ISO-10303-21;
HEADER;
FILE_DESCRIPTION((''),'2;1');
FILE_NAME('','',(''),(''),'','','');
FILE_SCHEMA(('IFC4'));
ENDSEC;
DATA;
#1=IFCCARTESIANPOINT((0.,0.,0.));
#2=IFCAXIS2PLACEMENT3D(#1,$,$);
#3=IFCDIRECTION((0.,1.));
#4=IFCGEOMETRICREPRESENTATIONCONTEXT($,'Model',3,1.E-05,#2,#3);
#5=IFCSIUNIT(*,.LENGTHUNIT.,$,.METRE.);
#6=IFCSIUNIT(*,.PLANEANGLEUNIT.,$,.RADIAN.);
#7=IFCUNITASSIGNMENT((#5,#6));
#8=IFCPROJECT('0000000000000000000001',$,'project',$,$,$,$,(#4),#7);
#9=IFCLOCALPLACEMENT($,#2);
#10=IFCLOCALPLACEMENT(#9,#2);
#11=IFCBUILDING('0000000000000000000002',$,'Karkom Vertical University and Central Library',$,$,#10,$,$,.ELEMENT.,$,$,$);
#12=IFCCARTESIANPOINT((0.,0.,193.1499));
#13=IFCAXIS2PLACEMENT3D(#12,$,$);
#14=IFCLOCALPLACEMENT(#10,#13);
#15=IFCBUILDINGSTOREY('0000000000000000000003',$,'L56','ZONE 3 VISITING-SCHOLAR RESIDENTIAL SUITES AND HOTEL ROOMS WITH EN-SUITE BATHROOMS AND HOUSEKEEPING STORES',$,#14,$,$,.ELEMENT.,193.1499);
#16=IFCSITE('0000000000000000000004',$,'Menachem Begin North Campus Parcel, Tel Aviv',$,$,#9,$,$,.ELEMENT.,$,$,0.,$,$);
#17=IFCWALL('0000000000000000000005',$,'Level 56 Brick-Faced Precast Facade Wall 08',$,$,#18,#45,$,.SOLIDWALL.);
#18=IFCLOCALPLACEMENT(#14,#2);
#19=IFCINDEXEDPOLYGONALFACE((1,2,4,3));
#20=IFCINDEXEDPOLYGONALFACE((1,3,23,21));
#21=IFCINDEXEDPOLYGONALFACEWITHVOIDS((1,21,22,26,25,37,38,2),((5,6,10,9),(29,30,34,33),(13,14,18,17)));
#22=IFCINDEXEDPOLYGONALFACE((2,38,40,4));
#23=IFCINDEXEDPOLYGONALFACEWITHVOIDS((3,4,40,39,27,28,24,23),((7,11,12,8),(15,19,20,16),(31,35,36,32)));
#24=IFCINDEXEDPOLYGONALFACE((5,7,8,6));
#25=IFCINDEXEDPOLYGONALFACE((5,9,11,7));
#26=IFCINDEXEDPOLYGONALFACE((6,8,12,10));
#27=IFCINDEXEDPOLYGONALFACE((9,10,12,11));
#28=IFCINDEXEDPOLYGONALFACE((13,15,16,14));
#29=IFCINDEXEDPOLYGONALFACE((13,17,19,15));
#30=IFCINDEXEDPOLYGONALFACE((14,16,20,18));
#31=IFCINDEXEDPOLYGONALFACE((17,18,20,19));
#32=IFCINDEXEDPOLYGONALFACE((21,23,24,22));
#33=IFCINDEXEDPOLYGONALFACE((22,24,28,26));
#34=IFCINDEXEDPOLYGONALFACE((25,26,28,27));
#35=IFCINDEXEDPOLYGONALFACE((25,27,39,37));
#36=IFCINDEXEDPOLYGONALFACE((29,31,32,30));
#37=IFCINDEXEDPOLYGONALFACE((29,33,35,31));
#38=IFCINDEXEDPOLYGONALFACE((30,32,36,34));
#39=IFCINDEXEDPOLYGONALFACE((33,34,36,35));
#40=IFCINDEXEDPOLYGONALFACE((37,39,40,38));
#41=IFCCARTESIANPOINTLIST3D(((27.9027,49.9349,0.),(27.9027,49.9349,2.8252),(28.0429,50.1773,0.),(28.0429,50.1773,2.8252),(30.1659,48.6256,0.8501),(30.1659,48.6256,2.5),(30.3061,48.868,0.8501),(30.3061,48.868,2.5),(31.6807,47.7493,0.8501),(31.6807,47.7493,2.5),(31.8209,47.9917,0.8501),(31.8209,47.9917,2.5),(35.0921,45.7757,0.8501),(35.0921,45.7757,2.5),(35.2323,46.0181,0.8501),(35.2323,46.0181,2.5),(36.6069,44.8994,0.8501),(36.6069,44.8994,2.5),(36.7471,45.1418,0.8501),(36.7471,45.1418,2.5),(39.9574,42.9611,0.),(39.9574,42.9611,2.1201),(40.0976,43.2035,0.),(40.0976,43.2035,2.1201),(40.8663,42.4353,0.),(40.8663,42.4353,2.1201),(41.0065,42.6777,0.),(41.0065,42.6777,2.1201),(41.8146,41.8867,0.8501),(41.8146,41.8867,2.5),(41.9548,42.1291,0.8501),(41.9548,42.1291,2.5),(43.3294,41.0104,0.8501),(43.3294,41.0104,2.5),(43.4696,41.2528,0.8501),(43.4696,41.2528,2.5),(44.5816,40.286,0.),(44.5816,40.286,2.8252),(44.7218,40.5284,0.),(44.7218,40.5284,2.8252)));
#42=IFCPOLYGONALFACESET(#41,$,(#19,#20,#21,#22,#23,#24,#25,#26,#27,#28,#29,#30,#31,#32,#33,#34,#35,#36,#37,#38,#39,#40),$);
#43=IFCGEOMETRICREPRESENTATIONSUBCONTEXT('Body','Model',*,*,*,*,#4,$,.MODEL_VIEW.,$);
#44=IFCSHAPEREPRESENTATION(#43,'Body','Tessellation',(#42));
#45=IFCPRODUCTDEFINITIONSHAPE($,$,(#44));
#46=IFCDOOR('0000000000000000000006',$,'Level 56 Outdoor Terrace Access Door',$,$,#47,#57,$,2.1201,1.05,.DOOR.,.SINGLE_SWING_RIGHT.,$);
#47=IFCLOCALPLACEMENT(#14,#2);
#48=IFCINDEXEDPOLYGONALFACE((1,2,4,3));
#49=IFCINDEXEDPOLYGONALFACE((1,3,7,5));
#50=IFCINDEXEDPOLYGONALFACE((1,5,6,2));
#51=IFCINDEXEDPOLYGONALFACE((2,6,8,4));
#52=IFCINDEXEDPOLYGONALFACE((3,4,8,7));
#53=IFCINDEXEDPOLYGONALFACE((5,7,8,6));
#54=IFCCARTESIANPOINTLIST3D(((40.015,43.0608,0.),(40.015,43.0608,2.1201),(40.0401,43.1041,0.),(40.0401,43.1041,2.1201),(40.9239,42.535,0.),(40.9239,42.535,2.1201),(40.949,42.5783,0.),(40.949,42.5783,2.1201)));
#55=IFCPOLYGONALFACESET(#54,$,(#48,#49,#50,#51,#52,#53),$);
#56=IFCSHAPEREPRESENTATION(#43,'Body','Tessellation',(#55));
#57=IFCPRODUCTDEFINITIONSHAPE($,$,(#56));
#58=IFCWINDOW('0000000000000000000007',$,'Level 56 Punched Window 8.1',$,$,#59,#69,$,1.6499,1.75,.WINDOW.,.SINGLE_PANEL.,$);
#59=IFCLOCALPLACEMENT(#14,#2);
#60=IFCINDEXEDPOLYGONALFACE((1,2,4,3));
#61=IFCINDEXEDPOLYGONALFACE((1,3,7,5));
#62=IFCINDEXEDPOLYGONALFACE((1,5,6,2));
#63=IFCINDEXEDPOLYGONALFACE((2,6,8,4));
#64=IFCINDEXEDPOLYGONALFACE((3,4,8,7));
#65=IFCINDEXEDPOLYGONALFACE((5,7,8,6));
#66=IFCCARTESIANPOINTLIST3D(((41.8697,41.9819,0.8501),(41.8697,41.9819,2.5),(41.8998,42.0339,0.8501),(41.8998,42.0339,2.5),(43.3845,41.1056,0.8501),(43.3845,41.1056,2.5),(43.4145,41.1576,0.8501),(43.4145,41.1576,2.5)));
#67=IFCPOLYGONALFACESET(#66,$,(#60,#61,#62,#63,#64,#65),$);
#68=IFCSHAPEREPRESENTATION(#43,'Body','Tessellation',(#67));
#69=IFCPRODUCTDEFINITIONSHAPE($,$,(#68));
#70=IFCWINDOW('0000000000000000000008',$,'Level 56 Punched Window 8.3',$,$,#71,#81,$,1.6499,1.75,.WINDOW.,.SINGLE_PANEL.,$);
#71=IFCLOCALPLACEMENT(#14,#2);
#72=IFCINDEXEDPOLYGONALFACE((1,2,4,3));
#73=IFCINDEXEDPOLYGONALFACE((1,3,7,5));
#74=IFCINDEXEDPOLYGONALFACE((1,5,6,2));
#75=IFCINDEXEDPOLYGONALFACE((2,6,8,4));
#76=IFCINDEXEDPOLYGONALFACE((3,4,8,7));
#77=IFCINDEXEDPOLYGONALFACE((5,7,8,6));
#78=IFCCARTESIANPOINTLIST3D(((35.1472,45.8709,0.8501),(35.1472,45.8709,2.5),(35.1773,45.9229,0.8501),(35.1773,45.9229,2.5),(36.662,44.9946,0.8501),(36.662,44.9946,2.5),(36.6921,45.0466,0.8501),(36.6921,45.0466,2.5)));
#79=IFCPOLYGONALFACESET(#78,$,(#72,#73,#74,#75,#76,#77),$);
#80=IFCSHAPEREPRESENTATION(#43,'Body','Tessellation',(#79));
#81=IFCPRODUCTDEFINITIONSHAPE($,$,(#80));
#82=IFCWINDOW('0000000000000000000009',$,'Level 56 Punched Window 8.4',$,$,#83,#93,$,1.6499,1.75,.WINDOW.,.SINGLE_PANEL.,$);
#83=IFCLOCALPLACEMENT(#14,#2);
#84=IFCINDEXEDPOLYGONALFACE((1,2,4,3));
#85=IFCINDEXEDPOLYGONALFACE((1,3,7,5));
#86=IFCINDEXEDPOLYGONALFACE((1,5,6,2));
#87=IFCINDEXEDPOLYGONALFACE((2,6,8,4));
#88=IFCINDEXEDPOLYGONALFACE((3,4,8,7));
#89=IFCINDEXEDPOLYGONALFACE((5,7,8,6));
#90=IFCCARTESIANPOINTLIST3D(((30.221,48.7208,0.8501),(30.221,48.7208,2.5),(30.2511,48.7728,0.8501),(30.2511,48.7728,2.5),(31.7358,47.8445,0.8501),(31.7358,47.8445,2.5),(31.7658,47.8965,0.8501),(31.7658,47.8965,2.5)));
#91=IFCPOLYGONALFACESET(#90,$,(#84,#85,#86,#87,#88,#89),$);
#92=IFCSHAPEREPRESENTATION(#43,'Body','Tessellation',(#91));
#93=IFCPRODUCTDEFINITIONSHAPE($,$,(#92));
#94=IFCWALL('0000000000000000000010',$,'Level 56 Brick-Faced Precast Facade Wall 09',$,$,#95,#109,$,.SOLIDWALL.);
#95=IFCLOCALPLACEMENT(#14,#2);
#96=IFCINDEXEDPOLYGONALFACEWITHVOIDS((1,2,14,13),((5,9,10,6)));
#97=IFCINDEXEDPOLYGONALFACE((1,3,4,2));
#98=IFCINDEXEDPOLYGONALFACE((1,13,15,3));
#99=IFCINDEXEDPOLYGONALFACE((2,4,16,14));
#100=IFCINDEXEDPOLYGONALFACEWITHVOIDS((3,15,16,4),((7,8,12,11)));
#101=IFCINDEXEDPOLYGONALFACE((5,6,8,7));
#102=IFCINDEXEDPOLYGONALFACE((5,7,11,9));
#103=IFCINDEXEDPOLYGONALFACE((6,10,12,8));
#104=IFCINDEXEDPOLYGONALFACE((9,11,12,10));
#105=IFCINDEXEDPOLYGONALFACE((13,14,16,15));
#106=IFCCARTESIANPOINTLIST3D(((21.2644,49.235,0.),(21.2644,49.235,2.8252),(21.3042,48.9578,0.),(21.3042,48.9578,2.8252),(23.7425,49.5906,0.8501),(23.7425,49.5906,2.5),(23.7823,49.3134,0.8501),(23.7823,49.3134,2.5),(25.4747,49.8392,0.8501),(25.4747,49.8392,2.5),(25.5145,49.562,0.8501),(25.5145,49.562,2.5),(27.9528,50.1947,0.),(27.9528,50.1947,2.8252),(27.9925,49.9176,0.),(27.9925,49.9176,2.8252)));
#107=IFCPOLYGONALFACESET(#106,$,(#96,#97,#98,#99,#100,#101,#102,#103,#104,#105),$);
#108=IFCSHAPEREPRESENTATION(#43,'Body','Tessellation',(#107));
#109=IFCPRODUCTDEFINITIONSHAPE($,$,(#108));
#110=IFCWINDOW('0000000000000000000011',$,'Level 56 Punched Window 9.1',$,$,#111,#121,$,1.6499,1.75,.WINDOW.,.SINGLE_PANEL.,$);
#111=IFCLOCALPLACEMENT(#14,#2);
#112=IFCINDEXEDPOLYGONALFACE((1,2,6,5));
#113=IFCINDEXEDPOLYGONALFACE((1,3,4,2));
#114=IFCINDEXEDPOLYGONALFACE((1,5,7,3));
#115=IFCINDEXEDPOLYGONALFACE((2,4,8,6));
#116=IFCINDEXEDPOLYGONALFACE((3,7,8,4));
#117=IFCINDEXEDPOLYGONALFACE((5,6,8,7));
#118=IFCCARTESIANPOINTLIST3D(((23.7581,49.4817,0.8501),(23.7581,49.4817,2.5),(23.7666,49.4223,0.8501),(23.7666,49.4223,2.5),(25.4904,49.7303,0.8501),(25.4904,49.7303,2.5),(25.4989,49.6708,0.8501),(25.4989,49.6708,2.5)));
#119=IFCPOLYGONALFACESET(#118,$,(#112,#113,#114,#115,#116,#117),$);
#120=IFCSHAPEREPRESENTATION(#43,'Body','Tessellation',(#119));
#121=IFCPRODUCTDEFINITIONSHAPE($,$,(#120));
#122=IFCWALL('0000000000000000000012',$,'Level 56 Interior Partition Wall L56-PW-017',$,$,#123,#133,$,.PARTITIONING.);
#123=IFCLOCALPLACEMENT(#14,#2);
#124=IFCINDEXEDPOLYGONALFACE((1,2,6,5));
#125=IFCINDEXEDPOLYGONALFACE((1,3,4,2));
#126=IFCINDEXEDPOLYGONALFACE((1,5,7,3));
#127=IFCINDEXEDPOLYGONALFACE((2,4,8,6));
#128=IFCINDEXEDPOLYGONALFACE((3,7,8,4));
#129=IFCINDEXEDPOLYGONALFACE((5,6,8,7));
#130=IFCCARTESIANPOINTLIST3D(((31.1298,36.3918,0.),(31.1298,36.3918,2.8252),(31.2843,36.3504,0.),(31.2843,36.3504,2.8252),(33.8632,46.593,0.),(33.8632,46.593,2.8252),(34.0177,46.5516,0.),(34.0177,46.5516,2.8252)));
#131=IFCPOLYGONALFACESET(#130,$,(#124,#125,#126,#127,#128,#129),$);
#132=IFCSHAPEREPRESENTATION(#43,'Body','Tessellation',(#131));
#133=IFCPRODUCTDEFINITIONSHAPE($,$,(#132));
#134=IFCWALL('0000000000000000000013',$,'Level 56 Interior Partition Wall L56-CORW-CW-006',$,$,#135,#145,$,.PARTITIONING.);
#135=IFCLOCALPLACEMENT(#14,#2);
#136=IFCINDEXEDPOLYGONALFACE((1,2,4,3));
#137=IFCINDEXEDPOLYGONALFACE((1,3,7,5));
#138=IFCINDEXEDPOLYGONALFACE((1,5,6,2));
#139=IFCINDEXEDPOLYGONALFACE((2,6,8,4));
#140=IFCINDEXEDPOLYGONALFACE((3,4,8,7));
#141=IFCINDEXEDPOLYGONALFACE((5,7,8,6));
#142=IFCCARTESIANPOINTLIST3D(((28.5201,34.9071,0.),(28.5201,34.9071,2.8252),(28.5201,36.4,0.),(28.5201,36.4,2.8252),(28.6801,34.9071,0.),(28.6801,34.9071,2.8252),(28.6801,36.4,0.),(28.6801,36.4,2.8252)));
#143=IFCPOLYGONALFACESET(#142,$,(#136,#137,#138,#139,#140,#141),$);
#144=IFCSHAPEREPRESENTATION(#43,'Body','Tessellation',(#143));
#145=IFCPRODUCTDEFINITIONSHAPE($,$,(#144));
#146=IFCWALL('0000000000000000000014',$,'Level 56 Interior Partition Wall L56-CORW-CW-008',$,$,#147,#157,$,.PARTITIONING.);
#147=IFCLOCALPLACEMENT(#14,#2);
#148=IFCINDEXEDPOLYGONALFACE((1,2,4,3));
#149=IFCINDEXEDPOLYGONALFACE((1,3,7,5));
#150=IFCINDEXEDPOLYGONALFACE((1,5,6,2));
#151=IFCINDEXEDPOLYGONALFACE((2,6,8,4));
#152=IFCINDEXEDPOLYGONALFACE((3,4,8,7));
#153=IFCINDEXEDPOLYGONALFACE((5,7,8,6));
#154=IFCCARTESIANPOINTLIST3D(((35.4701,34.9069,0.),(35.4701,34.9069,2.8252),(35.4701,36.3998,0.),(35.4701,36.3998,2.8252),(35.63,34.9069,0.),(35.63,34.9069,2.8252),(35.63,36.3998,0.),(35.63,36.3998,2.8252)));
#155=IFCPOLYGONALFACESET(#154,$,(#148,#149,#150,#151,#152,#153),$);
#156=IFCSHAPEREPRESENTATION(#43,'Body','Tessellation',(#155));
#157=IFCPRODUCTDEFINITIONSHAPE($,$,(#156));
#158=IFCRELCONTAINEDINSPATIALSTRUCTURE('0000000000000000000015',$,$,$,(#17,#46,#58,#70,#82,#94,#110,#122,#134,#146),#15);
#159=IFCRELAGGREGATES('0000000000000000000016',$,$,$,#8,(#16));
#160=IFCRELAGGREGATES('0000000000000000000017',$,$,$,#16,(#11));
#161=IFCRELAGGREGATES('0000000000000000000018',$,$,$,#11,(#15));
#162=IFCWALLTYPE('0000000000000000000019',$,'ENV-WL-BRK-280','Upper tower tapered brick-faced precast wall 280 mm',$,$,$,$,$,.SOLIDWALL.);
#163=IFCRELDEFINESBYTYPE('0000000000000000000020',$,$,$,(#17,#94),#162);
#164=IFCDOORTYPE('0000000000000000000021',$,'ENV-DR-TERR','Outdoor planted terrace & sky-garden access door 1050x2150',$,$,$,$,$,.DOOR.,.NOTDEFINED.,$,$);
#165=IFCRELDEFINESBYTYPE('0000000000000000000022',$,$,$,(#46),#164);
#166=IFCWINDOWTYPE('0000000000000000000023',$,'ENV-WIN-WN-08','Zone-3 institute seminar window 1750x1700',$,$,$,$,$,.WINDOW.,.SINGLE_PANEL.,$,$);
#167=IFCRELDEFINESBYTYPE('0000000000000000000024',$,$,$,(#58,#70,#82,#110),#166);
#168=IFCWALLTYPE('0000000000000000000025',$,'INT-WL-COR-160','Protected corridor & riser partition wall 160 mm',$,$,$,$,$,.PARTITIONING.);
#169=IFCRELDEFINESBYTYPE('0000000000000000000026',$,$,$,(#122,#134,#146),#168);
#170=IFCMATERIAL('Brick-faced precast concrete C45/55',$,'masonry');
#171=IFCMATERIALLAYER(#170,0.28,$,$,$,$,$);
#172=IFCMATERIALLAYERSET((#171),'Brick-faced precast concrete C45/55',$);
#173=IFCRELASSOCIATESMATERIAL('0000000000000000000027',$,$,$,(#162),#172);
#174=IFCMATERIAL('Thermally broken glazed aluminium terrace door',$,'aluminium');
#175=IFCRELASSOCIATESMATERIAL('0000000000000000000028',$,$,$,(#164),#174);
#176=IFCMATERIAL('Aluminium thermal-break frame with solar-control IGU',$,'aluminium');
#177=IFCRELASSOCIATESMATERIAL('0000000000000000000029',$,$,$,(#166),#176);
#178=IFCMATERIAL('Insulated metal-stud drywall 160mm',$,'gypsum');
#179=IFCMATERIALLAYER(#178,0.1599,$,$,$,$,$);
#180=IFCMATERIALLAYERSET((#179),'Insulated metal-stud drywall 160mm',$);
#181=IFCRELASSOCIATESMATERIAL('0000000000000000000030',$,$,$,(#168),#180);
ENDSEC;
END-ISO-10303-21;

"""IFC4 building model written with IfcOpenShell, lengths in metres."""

from ifc_helpers import new_model, si_unit, direction, frame, frame_2d, origin, origin_with_axes, place, context, subcontext, project, spatial, rectangle, extrude, source, transform, mapped, material, layer, layer_set, type_object, element, fill, save


model = new_model("IFC4")

# Units and contexts
model_context = context("Model", 3, precision=1e-05, world=origin(), true_north=direction((0.0, 1.0)))
body_context = subcontext(model_context, "Body", "Model", "MODEL_VIEW")
ifc_project = project(units=[si_unit("LENGTHUNIT", "METRE"), si_unit("PLANEANGLEUNIT", "RADIAN")], contexts=[model_context])

# Site, building, storey
site_placement = place(None, origin())
site = spatial("IfcSite", under=ifc_project, at=site_placement, Name="Menachem Begin North Campus Parcel, Tel Aviv", CompositionType="ELEMENT", RefElevation=0.0)
building_placement = place(site_placement, origin())
building = spatial("IfcBuilding", under=site, at=building_placement, Name="Karkom Vertical University and Central Library", CompositionType="ELEMENT")
storey_placement = place(building_placement, frame((0.0, 0.0, 193.1499)))
storey = spatial("IfcBuildingStorey", under=building, at=storey_placement, Name="L56", Description="ZONE 3 VISITING-SCHOLAR RESIDENTIAL SUITES AND HOTEL ROOMS WITH EN-SUITE BATHROOMS AND HOUSEKEEPING STORES", CompositionType="ELEMENT", Elevation=193.1499)

# Wall, openings, door, windows
ifc_material_1 = material(Name="Brick-faced precast concrete C45/55", Category="masonry")
ifc_layer_1 = layer(ifc_material_1, 0.28)
ifc_layer_set_1 = layer_set([ifc_layer_1], Name="Brick-faced precast concrete C45/55")
wall_type_1 = type_object("IfcWallType", Name="ENV-WL-BRK-280", Description="Upper tower tapered brick-faced precast wall 280 mm", PredefinedType="SOLIDWALL", material=ifc_layer_set_1)
wall_1_placement = place(storey_placement, frame((44.6516, 40.4072, 0.0), z_axis=(0.0, 0.0, 1.0), x_axis=(-0.865591, 0.500752, 0.0)))
wall_1 = element("IfcWall", 1, at=wall_1_placement, inside=storey, type_object=wall_type_1, Name="Level 56 Brick-Faced Precast Facade Wall 08", PredefinedType="SOLIDWALL", context=body_context, shape_type="SweptSolid", body=[
    extrude(rectangle(XDim=19.2688, YDim=0.28, at=frame_2d((9.6343, 0.0))), origin(), (0.0, 0.0, 1.0), 2.8252),
])
opening_1_placement = place(wall_1_placement, frame((1.4465, 0.0, 0.8501)))
opening_1 = element("IfcOpeningElement", 2, at=opening_1_placement, cuts=wall_1, PredefinedType="OPENING", context=body_context, shape_type="SweptSolid", body=[
    extrude(rectangle(XDim=1.75, YDim=1.6499, at=frame_2d((0.875, 0.825))), frame((0.0, 0.1499, 0.0), z_axis=(0.0, -1.0, 0.0), x_axis=(1.0, 0.0, 0.0)), (0.0, 0.0, 1.0), 0.3),
])
opening_2_placement = place(wall_1_placement, frame((9.2129, 0.0, 0.8501)))
opening_2 = element("IfcOpeningElement", 3, at=opening_2_placement, cuts=wall_1, PredefinedType="OPENING", context=body_context, shape_type="SweptSolid", body=[
    extrude(rectangle(XDim=1.75, YDim=1.6499, at=frame_2d((0.875, 0.825))), frame((0.0, 0.1499, 0.0), z_axis=(0.0, -1.0, 0.0), x_axis=(1.0, 0.0, 0.0)), (0.0, 0.0, 1.0), 0.3),
])
opening_3_placement = place(wall_1_placement, frame((14.9041, 0.0, 0.8501)))
opening_3 = element("IfcOpeningElement", 4, at=opening_3_placement, cuts=wall_1, PredefinedType="OPENING", context=body_context, shape_type="SweptSolid", body=[
    extrude(rectangle(XDim=1.75, YDim=1.6499, at=frame_2d((0.875, 0.825))), frame((0.0, 0.1499, 0.0), z_axis=(0.0, -1.0, 0.0), x_axis=(1.0, 0.0, 0.0)), (0.0, 0.0, 1.0), 0.3),
])
opening_4_placement = place(wall_1_placement, frame((4.2922, 0.0, 0.0)))
opening_4 = element("IfcOpeningElement", 5, at=opening_4_placement, cuts=wall_1, PredefinedType="OPENING", context=body_context, shape_type="SweptSolid", body=[
    extrude(rectangle(XDim=1.05, YDim=2.1201, at=frame_2d((0.5249, 1.0601))), frame((0.0, 0.1499, 0.0), z_axis=(0.0, -1.0, 0.0), x_axis=(1.0, 0.0, 0.0)), (0.0, 0.0, 1.0), 0.3),
])
ifc_material_2 = material(Name="Thermally broken glazed aluminium terrace door", Category="aluminium")
door_type_1 = type_object("IfcDoorType", Name="ENV-DR-TERR", Description="Outdoor planted terrace & sky-garden access door 1050x2150", OperationType="NOTDEFINED", PredefinedType="DOOR", material=ifc_material_2)
shared_shape_1 = source(origin_with_axes(), body_context, "Body", "SweptSolid", [
    extrude(rectangle(XDim=1.05, YDim=2.1201, at=frame_2d((0.5249, 1.0601))), frame((0.0, 0.0249, 0.0), z_axis=(0.0, -1.0, 0.0), x_axis=(1.0, 0.0, 0.0)), (0.0, 0.0, 1.0), 0.05),
])
door_1_placement = place(opening_4_placement, origin())
door_1 = element("IfcDoor", 6, at=door_1_placement, inside=storey, type_object=door_type_1, Name="Level 56 Outdoor Terrace Access Door", OperationType="SINGLE_SWING_RIGHT", OverallHeight=2.1201, OverallWidth=1.05, PredefinedType="DOOR", context=body_context, shape_type="MappedRepresentation", body=[
    mapped(shared_shape_1, transform((0.0, 0.0, 0.0), scale=1.0)),
])
fill(opening_4, door_1)
ifc_material_3 = material(Name="Aluminium thermal-break frame with solar-control IGU", Category="aluminium")
window_type = type_object("IfcWindowType", Name="ENV-WIN-WN-08", Description="Zone-3 institute seminar window 1750x1700", PartitioningType="SINGLE_PANEL", PredefinedType="WINDOW", material=ifc_material_3)
shared_shape_2 = source(origin_with_axes(), body_context, "Body", "SweptSolid", [
    extrude(rectangle(XDim=1.75, YDim=1.6499, at=frame_2d((0.875, 0.825))), frame((0.0, 0.03, 0.0), z_axis=(0.0, -1.0, 0.0), x_axis=(1.0, 0.0, 0.0)), (0.0, 0.0, 1.0), 0.0601),
])
window_1_placement = place(opening_1_placement, origin())
window_1 = element("IfcWindow", 7, at=window_1_placement, inside=storey, type_object=window_type, Name="Level 56 Punched Window 8.1", OverallHeight=1.6499, OverallWidth=1.75, PartitioningType="SINGLE_PANEL", PredefinedType="WINDOW", context=body_context, shape_type="MappedRepresentation", body=[
    mapped(shared_shape_2, transform((0.0, 0.0, 0.0), scale=1.0)),
])
fill(opening_1, window_1)
window_2_placement = place(opening_2_placement, origin())
window_2 = element("IfcWindow", 8, at=window_2_placement, inside=storey, type_object=window_type, Name="Level 56 Punched Window 8.3", OverallHeight=1.6499, OverallWidth=1.75, PartitioningType="SINGLE_PANEL", PredefinedType="WINDOW", context=body_context, shape_type="MappedRepresentation", body=[
    mapped(shared_shape_2, transform((0.0, 0.0, 0.0), scale=1.0)),
])
fill(opening_2, window_2)
window_3_placement = place(opening_3_placement, origin())
window_3 = element("IfcWindow", 9, at=window_3_placement, inside=storey, type_object=window_type, Name="Level 56 Punched Window 8.4", OverallHeight=1.6499, OverallWidth=1.75, PartitioningType="SINGLE_PANEL", PredefinedType="WINDOW", context=body_context, shape_type="MappedRepresentation", body=[
    mapped(shared_shape_2, transform((0.0, 0.0, 0.0), scale=1.0)),
])
fill(opening_3, window_3)

# Wall, opening, window
wall_2_placement = place(storey_placement, frame((27.9727, 50.0562, 0.0), z_axis=(0.0, 0.0, 1.0), x_axis=(-0.989861, -0.142038, 0.0)))
wall_2 = element("IfcWall", 10, at=wall_2_placement, inside=storey, type_object=wall_type_1, Name="Level 56 Brick-Faced Precast Facade Wall 09", PredefinedType="SOLIDWALL", context=body_context, shape_type="SweptSolid", body=[
    extrude(rectangle(XDim=6.7568, YDim=0.28, at=frame_2d((3.3784, 0.0))), origin(), (0.0, 0.0, 1.0), 2.8252),
])
opening_5_placement = place(wall_2_placement, frame((2.5034, 0.0, 0.8501)))
opening_5 = element("IfcOpeningElement", 11, at=opening_5_placement, cuts=wall_2, PredefinedType="OPENING", context=body_context, shape_type="SweptSolid", body=[
    extrude(rectangle(XDim=1.75, YDim=1.6499, at=frame_2d((0.875, 0.825))), frame((0.0, 0.1499, 0.0), z_axis=(0.0, -1.0, 0.0), x_axis=(1.0, 0.0, 0.0)), (0.0, 0.0, 1.0), 0.3),
])
window_4_placement = place(opening_5_placement, origin())
window_4 = element("IfcWindow", 12, at=window_4_placement, inside=storey, type_object=window_type, Name="Level 56 Punched Window 9.1", OverallHeight=1.6499, OverallWidth=1.75, PartitioningType="SINGLE_PANEL", PredefinedType="WINDOW", context=body_context, shape_type="MappedRepresentation", body=[
    mapped(shared_shape_2, transform((0.0, 0.0, 0.0), scale=1.0)),
])
fill(opening_5, window_4)

# Wall
ifc_material_4 = material(Name="Insulated metal-stud drywall 160mm", Category="gypsum")
ifc_layer_2 = layer(ifc_material_4, 0.1599)
ifc_layer_set_2 = layer_set([ifc_layer_2], Name="Insulated metal-stud drywall 160mm")
wall_type_2 = type_object("IfcWallType", Name="INT-WL-COR-160", Description="Protected corridor & riser partition wall 160 mm", PredefinedType="PARTITIONING", material=ifc_layer_set_2)
wall_3_placement = place(storey_placement, frame((31.207, 36.3711, 0.0), z_axis=(0.0, 0.0, 1.0), x_axis=(0.258819, 0.965926, 0.0)))
element("IfcWall", 13, at=wall_3_placement, inside=storey, type_object=wall_type_2, Name="Level 56 Interior Partition Wall L56-PW-017", PredefinedType="PARTITIONING", context=body_context, shape_type="SweptSolid", body=[
    extrude(rectangle(XDim=10.561, YDim=0.1599, at=frame_2d((5.2805, 0.0))), origin(), (0.0, 0.0, 1.0), 2.8252),
])

# Walls
for number, where, z_axis, x_axis, name in (
    (14, (28.6001, 34.907, 0.0), (0.0, 0.0, 1.0), (0.0, 1.0, 0.0), "Level 56 Interior Partition Wall L56-CORW-CW-006"),
    (15, (35.55, 36.3999, 0.0), (0.0, 0.0, 1.0), (0.0, -1.0, 0.0), "Level 56 Interior Partition Wall L56-CORW-CW-008"),
):
    element("IfcWall", number, at=place(storey_placement, frame(where, z_axis=z_axis, x_axis=x_axis)), inside=storey, type_object=wall_type_2, Name=name, PredefinedType="PARTITIONING", context=body_context, shape_type="SweptSolid", body=[
        extrude(rectangle(XDim=1.4929, YDim=0.1599, at=frame_2d((0.7466, 0.0))), origin(), (0.0, 0.0, 1.0), 2.8252),
    ])

save(model, "model.ifc")
